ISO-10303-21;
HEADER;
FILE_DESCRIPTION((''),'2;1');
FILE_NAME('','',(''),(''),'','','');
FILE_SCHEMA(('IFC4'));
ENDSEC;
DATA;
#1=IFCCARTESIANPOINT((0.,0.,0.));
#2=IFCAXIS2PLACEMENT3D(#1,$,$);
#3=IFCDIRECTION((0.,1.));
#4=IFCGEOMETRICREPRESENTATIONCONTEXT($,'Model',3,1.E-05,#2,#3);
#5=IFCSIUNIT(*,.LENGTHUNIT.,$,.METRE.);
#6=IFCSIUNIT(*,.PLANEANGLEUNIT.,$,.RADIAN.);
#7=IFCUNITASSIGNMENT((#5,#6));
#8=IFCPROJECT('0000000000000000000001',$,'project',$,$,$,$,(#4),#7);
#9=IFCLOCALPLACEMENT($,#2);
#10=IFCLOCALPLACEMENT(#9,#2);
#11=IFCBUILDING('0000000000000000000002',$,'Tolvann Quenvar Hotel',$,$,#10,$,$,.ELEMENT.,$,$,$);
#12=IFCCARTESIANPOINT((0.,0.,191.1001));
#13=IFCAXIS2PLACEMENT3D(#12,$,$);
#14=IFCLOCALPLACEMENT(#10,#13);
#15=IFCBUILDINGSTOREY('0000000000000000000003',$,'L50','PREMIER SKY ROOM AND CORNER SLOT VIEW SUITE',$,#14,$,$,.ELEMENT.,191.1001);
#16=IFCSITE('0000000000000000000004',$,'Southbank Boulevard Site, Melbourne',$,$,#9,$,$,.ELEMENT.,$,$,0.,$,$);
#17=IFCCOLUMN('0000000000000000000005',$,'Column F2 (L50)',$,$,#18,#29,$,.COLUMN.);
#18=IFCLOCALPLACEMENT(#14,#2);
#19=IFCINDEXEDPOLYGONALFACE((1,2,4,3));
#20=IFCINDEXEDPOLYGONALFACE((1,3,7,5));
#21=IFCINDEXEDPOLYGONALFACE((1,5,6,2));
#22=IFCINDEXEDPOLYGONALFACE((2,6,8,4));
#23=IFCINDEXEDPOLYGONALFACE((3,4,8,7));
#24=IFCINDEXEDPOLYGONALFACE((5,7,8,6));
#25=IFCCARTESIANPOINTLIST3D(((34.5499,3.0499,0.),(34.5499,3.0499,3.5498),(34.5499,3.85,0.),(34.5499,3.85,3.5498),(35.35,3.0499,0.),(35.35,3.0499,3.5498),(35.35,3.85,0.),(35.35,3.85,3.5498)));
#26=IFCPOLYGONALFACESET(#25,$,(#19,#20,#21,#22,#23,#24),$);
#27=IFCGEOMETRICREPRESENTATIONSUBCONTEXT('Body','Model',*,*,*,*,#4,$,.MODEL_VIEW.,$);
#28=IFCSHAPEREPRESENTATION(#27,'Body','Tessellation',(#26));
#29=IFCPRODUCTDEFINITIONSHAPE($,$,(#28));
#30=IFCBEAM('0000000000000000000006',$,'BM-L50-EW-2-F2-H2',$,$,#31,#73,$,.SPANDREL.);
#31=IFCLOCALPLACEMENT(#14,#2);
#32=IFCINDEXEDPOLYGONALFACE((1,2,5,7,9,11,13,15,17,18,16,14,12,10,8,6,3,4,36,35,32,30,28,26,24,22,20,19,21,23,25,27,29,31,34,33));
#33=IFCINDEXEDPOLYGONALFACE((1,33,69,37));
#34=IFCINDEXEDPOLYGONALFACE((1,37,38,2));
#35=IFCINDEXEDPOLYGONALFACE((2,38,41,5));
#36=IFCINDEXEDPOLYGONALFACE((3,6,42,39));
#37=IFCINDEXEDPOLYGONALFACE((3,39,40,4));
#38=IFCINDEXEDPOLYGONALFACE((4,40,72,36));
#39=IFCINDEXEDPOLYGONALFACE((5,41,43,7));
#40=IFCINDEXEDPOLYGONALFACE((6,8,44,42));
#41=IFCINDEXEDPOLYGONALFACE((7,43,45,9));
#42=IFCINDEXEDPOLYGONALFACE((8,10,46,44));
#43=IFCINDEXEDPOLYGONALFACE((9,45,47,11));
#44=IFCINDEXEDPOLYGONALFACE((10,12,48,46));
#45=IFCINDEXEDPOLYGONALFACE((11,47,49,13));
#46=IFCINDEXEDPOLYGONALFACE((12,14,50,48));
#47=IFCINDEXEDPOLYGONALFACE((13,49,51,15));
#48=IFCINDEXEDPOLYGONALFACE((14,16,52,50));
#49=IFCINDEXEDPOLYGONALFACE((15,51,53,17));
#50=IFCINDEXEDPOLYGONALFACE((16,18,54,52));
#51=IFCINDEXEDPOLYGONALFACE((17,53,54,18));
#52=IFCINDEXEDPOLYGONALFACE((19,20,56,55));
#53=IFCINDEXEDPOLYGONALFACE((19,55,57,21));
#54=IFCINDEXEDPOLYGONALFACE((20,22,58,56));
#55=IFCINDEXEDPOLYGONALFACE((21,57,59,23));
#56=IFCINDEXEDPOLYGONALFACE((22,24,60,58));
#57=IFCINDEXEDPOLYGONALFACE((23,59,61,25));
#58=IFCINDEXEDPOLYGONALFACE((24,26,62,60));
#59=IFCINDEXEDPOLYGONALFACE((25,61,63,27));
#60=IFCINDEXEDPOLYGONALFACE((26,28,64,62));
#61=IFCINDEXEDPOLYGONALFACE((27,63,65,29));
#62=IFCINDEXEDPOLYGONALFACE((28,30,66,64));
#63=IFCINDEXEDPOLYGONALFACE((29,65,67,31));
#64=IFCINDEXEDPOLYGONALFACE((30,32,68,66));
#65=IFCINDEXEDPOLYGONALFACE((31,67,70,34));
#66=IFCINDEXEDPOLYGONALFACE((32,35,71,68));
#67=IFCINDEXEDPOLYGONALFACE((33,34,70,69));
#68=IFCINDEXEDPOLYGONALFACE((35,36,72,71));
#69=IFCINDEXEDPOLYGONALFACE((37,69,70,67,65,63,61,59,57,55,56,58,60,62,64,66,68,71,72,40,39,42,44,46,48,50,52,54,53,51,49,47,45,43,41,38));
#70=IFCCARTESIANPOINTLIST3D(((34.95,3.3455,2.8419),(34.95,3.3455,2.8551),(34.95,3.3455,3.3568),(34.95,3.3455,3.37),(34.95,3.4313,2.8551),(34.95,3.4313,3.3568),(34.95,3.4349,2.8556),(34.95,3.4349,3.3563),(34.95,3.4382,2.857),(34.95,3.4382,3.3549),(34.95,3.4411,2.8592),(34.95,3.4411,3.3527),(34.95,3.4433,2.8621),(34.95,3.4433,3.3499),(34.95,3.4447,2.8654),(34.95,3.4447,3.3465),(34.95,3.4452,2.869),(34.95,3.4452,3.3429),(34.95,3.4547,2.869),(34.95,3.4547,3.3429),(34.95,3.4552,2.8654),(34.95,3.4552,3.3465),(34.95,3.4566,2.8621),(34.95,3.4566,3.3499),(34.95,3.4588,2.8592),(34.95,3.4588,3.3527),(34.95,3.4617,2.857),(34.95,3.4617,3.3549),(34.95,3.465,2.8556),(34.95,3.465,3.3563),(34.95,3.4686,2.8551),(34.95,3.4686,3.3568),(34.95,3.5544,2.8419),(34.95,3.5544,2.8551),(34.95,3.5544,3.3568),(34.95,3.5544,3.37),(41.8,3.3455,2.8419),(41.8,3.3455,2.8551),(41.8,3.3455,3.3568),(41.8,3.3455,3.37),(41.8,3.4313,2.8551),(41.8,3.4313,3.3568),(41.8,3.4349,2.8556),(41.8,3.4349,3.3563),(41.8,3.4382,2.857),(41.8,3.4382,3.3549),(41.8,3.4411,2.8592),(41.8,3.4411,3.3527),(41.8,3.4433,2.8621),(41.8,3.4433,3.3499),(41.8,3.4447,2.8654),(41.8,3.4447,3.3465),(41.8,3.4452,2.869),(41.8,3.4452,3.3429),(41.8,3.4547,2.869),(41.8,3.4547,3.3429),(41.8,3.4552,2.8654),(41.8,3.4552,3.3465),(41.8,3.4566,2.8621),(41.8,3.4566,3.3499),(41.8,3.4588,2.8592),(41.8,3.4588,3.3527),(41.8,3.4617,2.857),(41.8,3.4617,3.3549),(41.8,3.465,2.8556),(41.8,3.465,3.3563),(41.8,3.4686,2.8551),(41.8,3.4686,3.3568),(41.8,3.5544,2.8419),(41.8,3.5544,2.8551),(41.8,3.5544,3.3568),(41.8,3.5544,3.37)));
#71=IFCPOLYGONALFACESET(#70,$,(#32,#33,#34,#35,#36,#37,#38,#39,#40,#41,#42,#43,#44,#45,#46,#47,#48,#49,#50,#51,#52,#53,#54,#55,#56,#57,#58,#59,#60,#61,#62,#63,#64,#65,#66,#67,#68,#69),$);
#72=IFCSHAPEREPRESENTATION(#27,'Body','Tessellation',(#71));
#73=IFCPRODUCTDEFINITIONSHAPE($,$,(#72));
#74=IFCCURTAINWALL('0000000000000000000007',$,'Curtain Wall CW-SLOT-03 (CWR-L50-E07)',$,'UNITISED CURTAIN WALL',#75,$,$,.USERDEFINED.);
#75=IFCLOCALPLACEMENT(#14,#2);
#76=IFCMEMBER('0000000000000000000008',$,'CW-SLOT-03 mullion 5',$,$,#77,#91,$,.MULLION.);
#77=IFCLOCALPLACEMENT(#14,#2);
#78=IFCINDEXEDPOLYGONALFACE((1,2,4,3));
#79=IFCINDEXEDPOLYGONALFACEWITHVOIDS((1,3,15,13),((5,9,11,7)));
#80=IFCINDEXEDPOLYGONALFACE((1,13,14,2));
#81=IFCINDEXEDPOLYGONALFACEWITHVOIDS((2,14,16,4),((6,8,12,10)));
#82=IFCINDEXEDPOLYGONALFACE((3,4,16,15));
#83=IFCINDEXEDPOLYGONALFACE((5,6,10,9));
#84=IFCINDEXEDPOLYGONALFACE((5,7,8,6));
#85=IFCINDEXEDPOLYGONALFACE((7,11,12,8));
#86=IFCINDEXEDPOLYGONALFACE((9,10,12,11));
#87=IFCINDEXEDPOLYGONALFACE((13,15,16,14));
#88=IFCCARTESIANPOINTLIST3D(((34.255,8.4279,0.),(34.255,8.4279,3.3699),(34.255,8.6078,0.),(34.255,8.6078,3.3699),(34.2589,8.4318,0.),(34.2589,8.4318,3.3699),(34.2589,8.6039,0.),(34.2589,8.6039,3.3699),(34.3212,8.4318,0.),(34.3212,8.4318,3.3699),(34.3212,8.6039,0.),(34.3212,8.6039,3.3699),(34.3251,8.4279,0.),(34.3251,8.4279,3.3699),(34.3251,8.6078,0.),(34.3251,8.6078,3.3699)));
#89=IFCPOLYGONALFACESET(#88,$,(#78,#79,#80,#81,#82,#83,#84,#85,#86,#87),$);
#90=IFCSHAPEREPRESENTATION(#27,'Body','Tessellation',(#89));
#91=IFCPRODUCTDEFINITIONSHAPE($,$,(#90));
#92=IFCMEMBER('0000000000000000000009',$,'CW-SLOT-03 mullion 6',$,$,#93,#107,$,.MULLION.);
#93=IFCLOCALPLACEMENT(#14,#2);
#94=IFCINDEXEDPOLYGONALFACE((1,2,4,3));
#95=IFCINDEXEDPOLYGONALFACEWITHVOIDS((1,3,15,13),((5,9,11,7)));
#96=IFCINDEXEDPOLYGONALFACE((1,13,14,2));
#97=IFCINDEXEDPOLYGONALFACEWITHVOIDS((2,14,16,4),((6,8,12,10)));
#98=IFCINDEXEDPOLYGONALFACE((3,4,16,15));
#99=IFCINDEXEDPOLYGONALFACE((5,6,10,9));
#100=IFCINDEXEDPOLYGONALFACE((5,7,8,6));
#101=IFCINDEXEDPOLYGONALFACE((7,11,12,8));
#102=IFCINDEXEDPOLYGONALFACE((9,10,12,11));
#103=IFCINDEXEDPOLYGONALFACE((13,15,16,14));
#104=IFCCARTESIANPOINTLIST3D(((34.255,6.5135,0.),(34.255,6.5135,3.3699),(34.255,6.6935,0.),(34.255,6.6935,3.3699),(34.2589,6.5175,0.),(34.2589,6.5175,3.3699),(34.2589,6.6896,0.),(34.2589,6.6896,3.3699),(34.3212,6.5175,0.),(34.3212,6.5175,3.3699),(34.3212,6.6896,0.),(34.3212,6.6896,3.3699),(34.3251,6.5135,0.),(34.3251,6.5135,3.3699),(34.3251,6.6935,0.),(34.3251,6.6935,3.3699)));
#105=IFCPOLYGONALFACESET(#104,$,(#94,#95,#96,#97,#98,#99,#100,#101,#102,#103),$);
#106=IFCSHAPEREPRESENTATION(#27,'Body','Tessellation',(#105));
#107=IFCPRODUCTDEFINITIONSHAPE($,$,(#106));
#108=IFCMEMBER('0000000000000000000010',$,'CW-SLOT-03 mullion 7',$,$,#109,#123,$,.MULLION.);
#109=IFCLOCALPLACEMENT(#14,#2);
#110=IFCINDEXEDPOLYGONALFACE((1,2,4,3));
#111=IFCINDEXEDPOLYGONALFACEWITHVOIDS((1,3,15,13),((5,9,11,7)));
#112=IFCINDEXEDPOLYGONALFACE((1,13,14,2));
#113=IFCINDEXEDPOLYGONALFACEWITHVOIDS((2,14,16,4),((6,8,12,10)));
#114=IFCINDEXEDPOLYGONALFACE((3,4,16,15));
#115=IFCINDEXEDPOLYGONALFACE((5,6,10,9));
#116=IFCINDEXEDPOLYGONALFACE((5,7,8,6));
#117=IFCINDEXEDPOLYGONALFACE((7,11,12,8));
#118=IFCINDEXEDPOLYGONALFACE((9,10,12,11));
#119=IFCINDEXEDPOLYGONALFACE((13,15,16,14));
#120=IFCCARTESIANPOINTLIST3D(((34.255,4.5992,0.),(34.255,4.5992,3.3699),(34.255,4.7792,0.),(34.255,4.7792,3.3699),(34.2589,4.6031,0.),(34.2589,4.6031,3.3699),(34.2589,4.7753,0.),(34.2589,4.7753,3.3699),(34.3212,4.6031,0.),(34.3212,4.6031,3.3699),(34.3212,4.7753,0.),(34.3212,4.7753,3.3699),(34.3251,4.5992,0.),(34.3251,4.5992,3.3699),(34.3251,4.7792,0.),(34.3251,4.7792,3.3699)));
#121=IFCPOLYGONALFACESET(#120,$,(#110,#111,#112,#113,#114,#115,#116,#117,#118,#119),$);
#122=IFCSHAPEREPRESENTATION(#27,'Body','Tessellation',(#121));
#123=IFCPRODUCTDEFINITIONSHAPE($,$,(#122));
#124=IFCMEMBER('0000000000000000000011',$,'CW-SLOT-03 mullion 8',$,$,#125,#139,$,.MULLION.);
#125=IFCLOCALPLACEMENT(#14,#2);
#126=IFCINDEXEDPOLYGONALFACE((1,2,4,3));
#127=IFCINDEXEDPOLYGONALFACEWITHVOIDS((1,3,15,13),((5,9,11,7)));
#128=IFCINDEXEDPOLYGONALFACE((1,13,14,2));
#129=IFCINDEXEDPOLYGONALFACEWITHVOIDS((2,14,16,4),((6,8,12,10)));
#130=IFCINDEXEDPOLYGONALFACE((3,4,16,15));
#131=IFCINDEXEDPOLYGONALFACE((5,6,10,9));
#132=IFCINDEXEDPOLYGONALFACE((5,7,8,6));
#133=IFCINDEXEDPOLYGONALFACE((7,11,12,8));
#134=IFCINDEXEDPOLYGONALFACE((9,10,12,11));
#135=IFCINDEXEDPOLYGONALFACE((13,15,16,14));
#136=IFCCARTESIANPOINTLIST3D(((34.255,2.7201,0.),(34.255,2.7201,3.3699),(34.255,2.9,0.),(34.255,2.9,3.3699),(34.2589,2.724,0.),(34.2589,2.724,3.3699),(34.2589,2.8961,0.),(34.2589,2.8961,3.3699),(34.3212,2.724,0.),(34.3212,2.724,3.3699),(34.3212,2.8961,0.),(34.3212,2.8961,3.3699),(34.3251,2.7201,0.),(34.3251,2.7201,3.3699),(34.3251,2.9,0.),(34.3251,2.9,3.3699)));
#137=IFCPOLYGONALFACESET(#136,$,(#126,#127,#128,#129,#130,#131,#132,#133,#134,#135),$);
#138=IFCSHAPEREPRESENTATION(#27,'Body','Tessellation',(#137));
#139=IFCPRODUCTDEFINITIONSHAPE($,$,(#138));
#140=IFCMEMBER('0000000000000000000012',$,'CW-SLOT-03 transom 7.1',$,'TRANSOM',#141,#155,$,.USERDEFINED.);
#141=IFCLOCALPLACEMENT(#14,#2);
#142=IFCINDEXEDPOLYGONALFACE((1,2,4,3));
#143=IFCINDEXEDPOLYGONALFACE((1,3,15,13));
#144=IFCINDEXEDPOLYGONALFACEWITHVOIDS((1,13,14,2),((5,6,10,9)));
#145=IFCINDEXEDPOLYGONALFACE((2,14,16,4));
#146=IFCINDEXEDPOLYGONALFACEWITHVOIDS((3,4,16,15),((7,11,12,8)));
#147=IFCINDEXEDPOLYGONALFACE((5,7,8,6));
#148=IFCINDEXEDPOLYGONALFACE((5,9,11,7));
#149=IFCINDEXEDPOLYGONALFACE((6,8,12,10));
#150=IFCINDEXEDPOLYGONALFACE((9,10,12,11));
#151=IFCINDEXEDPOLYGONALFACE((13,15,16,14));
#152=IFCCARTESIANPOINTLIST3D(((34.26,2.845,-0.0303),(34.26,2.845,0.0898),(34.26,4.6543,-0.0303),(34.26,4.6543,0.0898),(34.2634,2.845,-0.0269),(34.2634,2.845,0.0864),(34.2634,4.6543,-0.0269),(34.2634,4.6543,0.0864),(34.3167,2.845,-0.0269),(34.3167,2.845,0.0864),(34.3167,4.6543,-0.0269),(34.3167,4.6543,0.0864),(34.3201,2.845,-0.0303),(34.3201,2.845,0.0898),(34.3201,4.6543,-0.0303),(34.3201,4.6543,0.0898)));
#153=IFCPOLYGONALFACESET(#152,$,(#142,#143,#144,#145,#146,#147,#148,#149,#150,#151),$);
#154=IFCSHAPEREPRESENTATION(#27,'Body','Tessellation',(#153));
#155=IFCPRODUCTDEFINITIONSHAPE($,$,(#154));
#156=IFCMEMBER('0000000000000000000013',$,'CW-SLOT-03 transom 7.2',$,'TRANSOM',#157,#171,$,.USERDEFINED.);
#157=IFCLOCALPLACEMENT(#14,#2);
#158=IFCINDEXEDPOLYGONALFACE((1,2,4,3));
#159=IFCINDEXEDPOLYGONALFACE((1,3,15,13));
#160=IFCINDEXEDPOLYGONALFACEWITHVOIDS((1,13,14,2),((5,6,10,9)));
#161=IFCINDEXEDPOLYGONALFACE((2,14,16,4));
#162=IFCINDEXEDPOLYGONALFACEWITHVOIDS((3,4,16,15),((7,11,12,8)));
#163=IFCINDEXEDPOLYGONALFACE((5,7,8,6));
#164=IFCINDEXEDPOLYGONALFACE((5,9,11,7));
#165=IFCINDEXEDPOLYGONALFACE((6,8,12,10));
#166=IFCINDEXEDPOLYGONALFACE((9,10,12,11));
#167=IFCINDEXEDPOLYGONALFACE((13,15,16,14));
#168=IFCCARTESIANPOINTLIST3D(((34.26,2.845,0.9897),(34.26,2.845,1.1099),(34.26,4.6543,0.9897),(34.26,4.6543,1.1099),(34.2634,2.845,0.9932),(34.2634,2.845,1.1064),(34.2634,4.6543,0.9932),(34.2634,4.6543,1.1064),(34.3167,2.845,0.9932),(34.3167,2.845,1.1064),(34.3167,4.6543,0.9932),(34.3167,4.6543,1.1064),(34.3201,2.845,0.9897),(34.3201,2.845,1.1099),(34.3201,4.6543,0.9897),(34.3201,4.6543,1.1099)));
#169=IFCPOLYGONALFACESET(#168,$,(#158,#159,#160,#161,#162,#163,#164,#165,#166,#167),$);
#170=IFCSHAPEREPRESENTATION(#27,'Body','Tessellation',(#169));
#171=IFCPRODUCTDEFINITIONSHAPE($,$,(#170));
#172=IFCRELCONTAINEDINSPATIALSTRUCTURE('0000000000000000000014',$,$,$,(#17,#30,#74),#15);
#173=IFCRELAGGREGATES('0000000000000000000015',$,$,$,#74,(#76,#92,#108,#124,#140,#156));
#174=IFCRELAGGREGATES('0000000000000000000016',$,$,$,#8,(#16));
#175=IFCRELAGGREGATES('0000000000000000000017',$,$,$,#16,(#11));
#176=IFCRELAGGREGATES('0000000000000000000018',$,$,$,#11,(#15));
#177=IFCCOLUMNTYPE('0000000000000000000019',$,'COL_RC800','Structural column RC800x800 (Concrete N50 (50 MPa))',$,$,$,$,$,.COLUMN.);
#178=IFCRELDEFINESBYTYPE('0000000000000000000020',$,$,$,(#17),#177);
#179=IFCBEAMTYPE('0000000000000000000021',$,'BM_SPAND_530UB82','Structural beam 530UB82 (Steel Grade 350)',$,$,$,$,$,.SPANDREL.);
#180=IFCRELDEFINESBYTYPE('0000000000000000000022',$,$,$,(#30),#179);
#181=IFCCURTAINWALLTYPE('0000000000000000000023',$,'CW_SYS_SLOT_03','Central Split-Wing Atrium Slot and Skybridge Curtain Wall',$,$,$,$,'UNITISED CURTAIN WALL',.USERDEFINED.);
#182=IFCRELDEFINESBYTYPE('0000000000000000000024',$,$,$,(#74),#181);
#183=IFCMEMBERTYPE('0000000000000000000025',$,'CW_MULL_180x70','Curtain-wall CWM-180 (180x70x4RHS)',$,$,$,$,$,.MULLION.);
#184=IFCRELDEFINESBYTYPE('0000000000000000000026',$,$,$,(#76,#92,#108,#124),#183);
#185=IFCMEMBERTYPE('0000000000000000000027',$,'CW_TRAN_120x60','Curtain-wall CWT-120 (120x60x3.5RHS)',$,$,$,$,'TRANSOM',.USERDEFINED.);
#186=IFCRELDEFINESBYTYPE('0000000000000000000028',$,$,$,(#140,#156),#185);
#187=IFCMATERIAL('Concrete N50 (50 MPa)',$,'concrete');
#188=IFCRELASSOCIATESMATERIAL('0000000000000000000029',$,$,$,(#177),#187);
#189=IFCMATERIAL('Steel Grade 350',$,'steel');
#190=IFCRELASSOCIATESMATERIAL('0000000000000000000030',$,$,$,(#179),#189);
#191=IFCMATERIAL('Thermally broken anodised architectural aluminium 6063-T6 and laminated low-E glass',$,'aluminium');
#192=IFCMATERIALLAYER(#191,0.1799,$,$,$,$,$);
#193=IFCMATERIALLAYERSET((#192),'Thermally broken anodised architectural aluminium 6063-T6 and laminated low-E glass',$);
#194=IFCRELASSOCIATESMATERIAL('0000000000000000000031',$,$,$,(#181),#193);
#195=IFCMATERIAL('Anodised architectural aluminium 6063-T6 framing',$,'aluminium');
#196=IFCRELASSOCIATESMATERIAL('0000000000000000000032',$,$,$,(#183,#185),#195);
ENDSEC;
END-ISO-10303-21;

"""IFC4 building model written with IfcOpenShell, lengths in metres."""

from ifc_helpers import new_model, si_unit, direction, frame, origin, origin_2d, place, context, subcontext, project, spatial, rectangle, hollow_rectangle, i_section, extrude, source, transform, mapped, material, layer, layer_set, material_profile, profile_set, type_object, type_shapes, element, aggregate, save


model = new_model("IFC4")

# Units and contexts
model_context = context("Model", 3, precision=1e-05, world=origin(), true_north=direction((0.0, 1.0)))
body_context = subcontext(model_context, "Body", "Model", "MODEL_VIEW")
ifc_project = project(units=[si_unit("LENGTHUNIT", "METRE"), si_unit("PLANEANGLEUNIT", "RADIAN")], contexts=[model_context])

# Site, building, storey
site_placement = place(None, origin())
site = spatial("IfcSite", under=ifc_project, at=site_placement, Name="Southbank Boulevard Site, Melbourne", CompositionType="ELEMENT", RefElevation=0.0)
building_placement = place(site_placement, origin())
building = spatial("IfcBuilding", under=site, at=building_placement, Name="Tolvann Quenvar Hotel", CompositionType="ELEMENT")
storey_placement = place(building_placement, frame((0.0, 0.0, 191.1001)))
storey = spatial("IfcBuildingStorey", under=building, at=storey_placement, Name="L50", Description="PREMIER SKY ROOM AND CORNER SLOT VIEW SUITE", CompositionType="ELEMENT", Elevation=191.1001)

# Column
ifc_material_1 = material(Name="Concrete N50 (50 MPa)", Category="concrete")
ifc_material_profile_1 = material_profile(ifc_material_1, rectangle(XDim=0.8, YDim=0.8, at=origin_2d()), Name="RC800x800")
ifc_profile_set_1 = profile_set([ifc_material_profile_1], Name="Concrete N50 (50 MPa)")
column_type = type_object("IfcColumnType", Name="COL_RC800", Description="Structural column RC800x800 (Concrete N50 (50 MPa))", PredefinedType="COLUMN", material=ifc_profile_set_1)
shared_shape_1 = source(origin(), body_context, "Body", "SweptSolid", [
    extrude(rectangle(XDim=0.8, YDim=0.8, at=origin_2d()), origin(), (0.0, 0.0, 1.0), 3.5498),
])
type_shapes(column_type, [shared_shape_1])
column_placement = place(storey_placement, frame((34.95, 3.45, 0.0), z_axis=(0.0, 0.0, 1.0), x_axis=(1.0, 0.0, 0.0)))
element("IfcColumn", 1, at=column_placement, inside=storey, type_object=column_type, Name="Column F2 (L50)", PredefinedType="COLUMN", context=body_context, shape_type="MappedRepresentation", body=[
    mapped(shared_shape_1, transform((0.0, 0.0, 0.0), x_axis=(1.0, 0.0, 0.0), y_axis=(0.0, 1.0, 0.0), z_axis=(0.0, 0.0, 1.0), scale=1.0)),
])

# Beam
ifc_material_2 = material(Name="Steel Grade 350", Category="steel")
ifc_material_profile_2 = material_profile(ifc_material_2, i_section(OverallWidth=0.209, OverallDepth=0.5281, WebThickness=0.0095, FlangeThickness=0.0132, FilletRadius=0.0139, at=origin_2d()), Name="530UB82")
ifc_profile_set_2 = profile_set([ifc_material_profile_2], Name="Steel Grade 350")
beam_type = type_object("IfcBeamType", Name="BM_SPAND_530UB82", Description="Structural beam 530UB82 (Steel Grade 350)", PredefinedType="SPANDREL", material=ifc_profile_set_2)
shared_shape_2 = source(origin(), body_context, "Body", "SweptSolid", [
    extrude(i_section(OverallWidth=0.209, OverallDepth=0.5281, WebThickness=0.0095, FlangeThickness=0.0132, FilletRadius=0.0139, at=origin_2d()), origin(), (0.0, 0.0, 1.0), 6.8501),
])
type_shapes(beam_type, [shared_shape_2])
beam_placement = place(storey_placement, frame((34.95, 3.45, 3.106), z_axis=(1.0, 0.0, 0.0), x_axis=(0.0, 1.0, 0.0)))
element("IfcBeam", 2, at=beam_placement, inside=storey, type_object=beam_type, Name="BM-L50-EW-2-F2-H2", PredefinedType="SPANDREL", context=body_context, shape_type="MappedRepresentation", body=[
    mapped(shared_shape_2, transform((0.0, 0.0, 0.0), x_axis=(1.0, 0.0, 0.0), y_axis=(0.0, 1.0, 0.0), z_axis=(0.0, 0.0, 1.0), scale=1.0)),
])

# Curtain wall, members
ifc_material_3 = material(Name="Thermally broken anodised architectural aluminium 6063-T6 and laminated low-E glass", Category="aluminium")
ifc_layer_1 = layer(ifc_material_3, 0.1799)
ifc_layer_set_1 = layer_set([ifc_layer_1], Name="Thermally broken anodised architectural aluminium 6063-T6 and laminated low-E glass")
curtain_wall_type = type_object("IfcCurtainWallType", Name="CW_SYS_SLOT_03", Description="Central Split-Wing Atrium Slot and Skybridge Curtain Wall", ElementType="UNITISED CURTAIN WALL", PredefinedType="USERDEFINED", material=ifc_layer_set_1)
curtain_wall_placement = place(storey_placement, origin())
curtain_wall = element("IfcCurtainWall", 3, at=curtain_wall_placement, inside=storey, type_object=curtain_wall_type, Name="Curtain Wall CW-SLOT-03 (CWR-L50-E07)", ObjectType="UNITISED CURTAIN WALL", PredefinedType="USERDEFINED")
ifc_material_4 = material(Name="Anodised architectural aluminium 6063-T6 framing", Category="aluminium")
ifc_material_profile_3 = material_profile(ifc_material_4, hollow_rectangle(XDim=0.0701, YDim=0.1799, WallThickness=0.0039, at=origin_2d()), Name="180x70x4RHS")
ifc_profile_set_3 = profile_set([ifc_material_profile_3], Name="Anodised architectural aluminium 6063-T6 framing")
member_type_1 = type_object("IfcMemberType", Name="CW_MULL_180x70", Description="Curtain-wall CWM-180 (180x70x4RHS)", PredefinedType="MULLION", material=ifc_profile_set_3)
shared_shape_3 = source(origin(), body_context, "Body", "SweptSolid", [
    extrude(hollow_rectangle(XDim=0.0701, YDim=0.1799, WallThickness=0.0039, at=origin_2d()), origin(), (0.0, 0.0, 1.0), 3.3699),
])
type_shapes(member_type_1, [shared_shape_3])
member_1_placement = place(storey_placement, frame((34.29, 8.5178, 0.0), z_axis=(0.0, 0.0, 1.0), x_axis=(1.0, 0.0, 0.0)))
member_1 = element("IfcMember", 4, at=member_1_placement, type_object=member_type_1, Name="CW-SLOT-03 mullion 5", PredefinedType="MULLION", context=body_context, shape_type="MappedRepresentation", body=[
    mapped(shared_shape_3, transform((0.0, 0.0, 0.0), x_axis=(1.0, 0.0, 0.0), y_axis=(0.0, 1.0, 0.0), z_axis=(0.0, 0.0, 1.0), scale=1.0)),
])
member_2_placement = place(storey_placement, frame((34.29, 6.6035, 0.0), z_axis=(0.0, 0.0, 1.0), x_axis=(1.0, 0.0, 0.0)))
member_2 = element("IfcMember", 5, at=member_2_placement, type_object=member_type_1, Name="CW-SLOT-03 mullion 6", PredefinedType="MULLION", context=body_context, shape_type="MappedRepresentation", body=[
    mapped(shared_shape_3, transform((0.0, 0.0, 0.0), x_axis=(1.0, 0.0, 0.0), y_axis=(0.0, 1.0, 0.0), z_axis=(0.0, 0.0, 1.0), scale=1.0)),
])
member_3_placement = place(storey_placement, frame((34.29, 4.6892, 0.0), z_axis=(0.0, 0.0, 1.0), x_axis=(1.0, 0.0, 0.0)))
member_3 = element("IfcMember", 6, at=member_3_placement, type_object=member_type_1, Name="CW-SLOT-03 mullion 7", PredefinedType="MULLION", context=body_context, shape_type="MappedRepresentation", body=[
    mapped(shared_shape_3, transform((0.0, 0.0, 0.0), x_axis=(1.0, 0.0, 0.0), y_axis=(0.0, 1.0, 0.0), z_axis=(0.0, 0.0, 1.0), scale=1.0)),
])
member_4_placement = place(storey_placement, frame((34.29, 2.8101, 0.0), z_axis=(0.0, 0.0, 1.0), x_axis=(1.0, 0.0, 0.0)))
member_4 = element("IfcMember", 7, at=member_4_placement, type_object=member_type_1, Name="CW-SLOT-03 mullion 8", PredefinedType="MULLION", context=body_context, shape_type="MappedRepresentation", body=[
    mapped(shared_shape_3, transform((0.0, 0.0, 0.0), x_axis=(1.0, 0.0, 0.0), y_axis=(0.0, 1.0, 0.0), z_axis=(0.0, 0.0, 1.0), scale=1.0)),
])
ifc_material_profile_4 = material_profile(ifc_material_4, hollow_rectangle(XDim=0.0601, YDim=0.1201, WallThickness=0.0034, at=origin_2d()), Name="120x60x3.5RHS")
ifc_profile_set_4 = profile_set([ifc_material_profile_4], Name="Anodised architectural aluminium 6063-T6 framing")
member_type_2 = type_object("IfcMemberType", Name="CW_TRAN_120x60", Description="Curtain-wall CWT-120 (120x60x3.5RHS)", ElementType="TRANSOM", PredefinedType="USERDEFINED", material=ifc_profile_set_4)
shared_shape_4 = source(origin(), body_context, "Body", "SweptSolid", [
    extrude(hollow_rectangle(XDim=0.0601, YDim=0.1201, WallThickness=0.0034, at=origin_2d()), origin(), (0.0, 0.0, 1.0), 1.8093),
])
member_5_placement = place(storey_placement, frame((34.29, 4.6543, 0.0298), z_axis=(0.0, -1.0, 0.0), x_axis=(1.0, 0.0, 0.0)))
member_5 = element("IfcMember", 8, at=member_5_placement, type_object=member_type_2, Name="CW-SLOT-03 transom 7.1", ObjectType="TRANSOM", PredefinedType="USERDEFINED", context=body_context, shape_type="MappedRepresentation", body=[
    mapped(shared_shape_4, transform((0.0, 0.0, 0.0), x_axis=(1.0, 0.0, 0.0), y_axis=(0.0, 1.0, 0.0), z_axis=(0.0, 0.0, 1.0), scale=1.0)),
])
member_6_placement = place(storey_placement, frame((34.29, 4.6543, 1.0498), z_axis=(0.0, -1.0, 0.0), x_axis=(1.0, 0.0, 0.0)))
member_6 = element("IfcMember", 9, at=member_6_placement, type_object=member_type_2, Name="CW-SLOT-03 transom 7.2", ObjectType="TRANSOM", PredefinedType="USERDEFINED", context=body_context, shape_type="MappedRepresentation", body=[
    mapped(shared_shape_4, transform((0.0, 0.0, 0.0), x_axis=(1.0, 0.0, 0.0), y_axis=(0.0, 1.0, 0.0), z_axis=(0.0, 0.0, 1.0), scale=1.0)),
])
aggregate(curtain_wall, [member_1, member_2, member_3, member_4, member_5, member_6])

save(model, "model.ifc")
